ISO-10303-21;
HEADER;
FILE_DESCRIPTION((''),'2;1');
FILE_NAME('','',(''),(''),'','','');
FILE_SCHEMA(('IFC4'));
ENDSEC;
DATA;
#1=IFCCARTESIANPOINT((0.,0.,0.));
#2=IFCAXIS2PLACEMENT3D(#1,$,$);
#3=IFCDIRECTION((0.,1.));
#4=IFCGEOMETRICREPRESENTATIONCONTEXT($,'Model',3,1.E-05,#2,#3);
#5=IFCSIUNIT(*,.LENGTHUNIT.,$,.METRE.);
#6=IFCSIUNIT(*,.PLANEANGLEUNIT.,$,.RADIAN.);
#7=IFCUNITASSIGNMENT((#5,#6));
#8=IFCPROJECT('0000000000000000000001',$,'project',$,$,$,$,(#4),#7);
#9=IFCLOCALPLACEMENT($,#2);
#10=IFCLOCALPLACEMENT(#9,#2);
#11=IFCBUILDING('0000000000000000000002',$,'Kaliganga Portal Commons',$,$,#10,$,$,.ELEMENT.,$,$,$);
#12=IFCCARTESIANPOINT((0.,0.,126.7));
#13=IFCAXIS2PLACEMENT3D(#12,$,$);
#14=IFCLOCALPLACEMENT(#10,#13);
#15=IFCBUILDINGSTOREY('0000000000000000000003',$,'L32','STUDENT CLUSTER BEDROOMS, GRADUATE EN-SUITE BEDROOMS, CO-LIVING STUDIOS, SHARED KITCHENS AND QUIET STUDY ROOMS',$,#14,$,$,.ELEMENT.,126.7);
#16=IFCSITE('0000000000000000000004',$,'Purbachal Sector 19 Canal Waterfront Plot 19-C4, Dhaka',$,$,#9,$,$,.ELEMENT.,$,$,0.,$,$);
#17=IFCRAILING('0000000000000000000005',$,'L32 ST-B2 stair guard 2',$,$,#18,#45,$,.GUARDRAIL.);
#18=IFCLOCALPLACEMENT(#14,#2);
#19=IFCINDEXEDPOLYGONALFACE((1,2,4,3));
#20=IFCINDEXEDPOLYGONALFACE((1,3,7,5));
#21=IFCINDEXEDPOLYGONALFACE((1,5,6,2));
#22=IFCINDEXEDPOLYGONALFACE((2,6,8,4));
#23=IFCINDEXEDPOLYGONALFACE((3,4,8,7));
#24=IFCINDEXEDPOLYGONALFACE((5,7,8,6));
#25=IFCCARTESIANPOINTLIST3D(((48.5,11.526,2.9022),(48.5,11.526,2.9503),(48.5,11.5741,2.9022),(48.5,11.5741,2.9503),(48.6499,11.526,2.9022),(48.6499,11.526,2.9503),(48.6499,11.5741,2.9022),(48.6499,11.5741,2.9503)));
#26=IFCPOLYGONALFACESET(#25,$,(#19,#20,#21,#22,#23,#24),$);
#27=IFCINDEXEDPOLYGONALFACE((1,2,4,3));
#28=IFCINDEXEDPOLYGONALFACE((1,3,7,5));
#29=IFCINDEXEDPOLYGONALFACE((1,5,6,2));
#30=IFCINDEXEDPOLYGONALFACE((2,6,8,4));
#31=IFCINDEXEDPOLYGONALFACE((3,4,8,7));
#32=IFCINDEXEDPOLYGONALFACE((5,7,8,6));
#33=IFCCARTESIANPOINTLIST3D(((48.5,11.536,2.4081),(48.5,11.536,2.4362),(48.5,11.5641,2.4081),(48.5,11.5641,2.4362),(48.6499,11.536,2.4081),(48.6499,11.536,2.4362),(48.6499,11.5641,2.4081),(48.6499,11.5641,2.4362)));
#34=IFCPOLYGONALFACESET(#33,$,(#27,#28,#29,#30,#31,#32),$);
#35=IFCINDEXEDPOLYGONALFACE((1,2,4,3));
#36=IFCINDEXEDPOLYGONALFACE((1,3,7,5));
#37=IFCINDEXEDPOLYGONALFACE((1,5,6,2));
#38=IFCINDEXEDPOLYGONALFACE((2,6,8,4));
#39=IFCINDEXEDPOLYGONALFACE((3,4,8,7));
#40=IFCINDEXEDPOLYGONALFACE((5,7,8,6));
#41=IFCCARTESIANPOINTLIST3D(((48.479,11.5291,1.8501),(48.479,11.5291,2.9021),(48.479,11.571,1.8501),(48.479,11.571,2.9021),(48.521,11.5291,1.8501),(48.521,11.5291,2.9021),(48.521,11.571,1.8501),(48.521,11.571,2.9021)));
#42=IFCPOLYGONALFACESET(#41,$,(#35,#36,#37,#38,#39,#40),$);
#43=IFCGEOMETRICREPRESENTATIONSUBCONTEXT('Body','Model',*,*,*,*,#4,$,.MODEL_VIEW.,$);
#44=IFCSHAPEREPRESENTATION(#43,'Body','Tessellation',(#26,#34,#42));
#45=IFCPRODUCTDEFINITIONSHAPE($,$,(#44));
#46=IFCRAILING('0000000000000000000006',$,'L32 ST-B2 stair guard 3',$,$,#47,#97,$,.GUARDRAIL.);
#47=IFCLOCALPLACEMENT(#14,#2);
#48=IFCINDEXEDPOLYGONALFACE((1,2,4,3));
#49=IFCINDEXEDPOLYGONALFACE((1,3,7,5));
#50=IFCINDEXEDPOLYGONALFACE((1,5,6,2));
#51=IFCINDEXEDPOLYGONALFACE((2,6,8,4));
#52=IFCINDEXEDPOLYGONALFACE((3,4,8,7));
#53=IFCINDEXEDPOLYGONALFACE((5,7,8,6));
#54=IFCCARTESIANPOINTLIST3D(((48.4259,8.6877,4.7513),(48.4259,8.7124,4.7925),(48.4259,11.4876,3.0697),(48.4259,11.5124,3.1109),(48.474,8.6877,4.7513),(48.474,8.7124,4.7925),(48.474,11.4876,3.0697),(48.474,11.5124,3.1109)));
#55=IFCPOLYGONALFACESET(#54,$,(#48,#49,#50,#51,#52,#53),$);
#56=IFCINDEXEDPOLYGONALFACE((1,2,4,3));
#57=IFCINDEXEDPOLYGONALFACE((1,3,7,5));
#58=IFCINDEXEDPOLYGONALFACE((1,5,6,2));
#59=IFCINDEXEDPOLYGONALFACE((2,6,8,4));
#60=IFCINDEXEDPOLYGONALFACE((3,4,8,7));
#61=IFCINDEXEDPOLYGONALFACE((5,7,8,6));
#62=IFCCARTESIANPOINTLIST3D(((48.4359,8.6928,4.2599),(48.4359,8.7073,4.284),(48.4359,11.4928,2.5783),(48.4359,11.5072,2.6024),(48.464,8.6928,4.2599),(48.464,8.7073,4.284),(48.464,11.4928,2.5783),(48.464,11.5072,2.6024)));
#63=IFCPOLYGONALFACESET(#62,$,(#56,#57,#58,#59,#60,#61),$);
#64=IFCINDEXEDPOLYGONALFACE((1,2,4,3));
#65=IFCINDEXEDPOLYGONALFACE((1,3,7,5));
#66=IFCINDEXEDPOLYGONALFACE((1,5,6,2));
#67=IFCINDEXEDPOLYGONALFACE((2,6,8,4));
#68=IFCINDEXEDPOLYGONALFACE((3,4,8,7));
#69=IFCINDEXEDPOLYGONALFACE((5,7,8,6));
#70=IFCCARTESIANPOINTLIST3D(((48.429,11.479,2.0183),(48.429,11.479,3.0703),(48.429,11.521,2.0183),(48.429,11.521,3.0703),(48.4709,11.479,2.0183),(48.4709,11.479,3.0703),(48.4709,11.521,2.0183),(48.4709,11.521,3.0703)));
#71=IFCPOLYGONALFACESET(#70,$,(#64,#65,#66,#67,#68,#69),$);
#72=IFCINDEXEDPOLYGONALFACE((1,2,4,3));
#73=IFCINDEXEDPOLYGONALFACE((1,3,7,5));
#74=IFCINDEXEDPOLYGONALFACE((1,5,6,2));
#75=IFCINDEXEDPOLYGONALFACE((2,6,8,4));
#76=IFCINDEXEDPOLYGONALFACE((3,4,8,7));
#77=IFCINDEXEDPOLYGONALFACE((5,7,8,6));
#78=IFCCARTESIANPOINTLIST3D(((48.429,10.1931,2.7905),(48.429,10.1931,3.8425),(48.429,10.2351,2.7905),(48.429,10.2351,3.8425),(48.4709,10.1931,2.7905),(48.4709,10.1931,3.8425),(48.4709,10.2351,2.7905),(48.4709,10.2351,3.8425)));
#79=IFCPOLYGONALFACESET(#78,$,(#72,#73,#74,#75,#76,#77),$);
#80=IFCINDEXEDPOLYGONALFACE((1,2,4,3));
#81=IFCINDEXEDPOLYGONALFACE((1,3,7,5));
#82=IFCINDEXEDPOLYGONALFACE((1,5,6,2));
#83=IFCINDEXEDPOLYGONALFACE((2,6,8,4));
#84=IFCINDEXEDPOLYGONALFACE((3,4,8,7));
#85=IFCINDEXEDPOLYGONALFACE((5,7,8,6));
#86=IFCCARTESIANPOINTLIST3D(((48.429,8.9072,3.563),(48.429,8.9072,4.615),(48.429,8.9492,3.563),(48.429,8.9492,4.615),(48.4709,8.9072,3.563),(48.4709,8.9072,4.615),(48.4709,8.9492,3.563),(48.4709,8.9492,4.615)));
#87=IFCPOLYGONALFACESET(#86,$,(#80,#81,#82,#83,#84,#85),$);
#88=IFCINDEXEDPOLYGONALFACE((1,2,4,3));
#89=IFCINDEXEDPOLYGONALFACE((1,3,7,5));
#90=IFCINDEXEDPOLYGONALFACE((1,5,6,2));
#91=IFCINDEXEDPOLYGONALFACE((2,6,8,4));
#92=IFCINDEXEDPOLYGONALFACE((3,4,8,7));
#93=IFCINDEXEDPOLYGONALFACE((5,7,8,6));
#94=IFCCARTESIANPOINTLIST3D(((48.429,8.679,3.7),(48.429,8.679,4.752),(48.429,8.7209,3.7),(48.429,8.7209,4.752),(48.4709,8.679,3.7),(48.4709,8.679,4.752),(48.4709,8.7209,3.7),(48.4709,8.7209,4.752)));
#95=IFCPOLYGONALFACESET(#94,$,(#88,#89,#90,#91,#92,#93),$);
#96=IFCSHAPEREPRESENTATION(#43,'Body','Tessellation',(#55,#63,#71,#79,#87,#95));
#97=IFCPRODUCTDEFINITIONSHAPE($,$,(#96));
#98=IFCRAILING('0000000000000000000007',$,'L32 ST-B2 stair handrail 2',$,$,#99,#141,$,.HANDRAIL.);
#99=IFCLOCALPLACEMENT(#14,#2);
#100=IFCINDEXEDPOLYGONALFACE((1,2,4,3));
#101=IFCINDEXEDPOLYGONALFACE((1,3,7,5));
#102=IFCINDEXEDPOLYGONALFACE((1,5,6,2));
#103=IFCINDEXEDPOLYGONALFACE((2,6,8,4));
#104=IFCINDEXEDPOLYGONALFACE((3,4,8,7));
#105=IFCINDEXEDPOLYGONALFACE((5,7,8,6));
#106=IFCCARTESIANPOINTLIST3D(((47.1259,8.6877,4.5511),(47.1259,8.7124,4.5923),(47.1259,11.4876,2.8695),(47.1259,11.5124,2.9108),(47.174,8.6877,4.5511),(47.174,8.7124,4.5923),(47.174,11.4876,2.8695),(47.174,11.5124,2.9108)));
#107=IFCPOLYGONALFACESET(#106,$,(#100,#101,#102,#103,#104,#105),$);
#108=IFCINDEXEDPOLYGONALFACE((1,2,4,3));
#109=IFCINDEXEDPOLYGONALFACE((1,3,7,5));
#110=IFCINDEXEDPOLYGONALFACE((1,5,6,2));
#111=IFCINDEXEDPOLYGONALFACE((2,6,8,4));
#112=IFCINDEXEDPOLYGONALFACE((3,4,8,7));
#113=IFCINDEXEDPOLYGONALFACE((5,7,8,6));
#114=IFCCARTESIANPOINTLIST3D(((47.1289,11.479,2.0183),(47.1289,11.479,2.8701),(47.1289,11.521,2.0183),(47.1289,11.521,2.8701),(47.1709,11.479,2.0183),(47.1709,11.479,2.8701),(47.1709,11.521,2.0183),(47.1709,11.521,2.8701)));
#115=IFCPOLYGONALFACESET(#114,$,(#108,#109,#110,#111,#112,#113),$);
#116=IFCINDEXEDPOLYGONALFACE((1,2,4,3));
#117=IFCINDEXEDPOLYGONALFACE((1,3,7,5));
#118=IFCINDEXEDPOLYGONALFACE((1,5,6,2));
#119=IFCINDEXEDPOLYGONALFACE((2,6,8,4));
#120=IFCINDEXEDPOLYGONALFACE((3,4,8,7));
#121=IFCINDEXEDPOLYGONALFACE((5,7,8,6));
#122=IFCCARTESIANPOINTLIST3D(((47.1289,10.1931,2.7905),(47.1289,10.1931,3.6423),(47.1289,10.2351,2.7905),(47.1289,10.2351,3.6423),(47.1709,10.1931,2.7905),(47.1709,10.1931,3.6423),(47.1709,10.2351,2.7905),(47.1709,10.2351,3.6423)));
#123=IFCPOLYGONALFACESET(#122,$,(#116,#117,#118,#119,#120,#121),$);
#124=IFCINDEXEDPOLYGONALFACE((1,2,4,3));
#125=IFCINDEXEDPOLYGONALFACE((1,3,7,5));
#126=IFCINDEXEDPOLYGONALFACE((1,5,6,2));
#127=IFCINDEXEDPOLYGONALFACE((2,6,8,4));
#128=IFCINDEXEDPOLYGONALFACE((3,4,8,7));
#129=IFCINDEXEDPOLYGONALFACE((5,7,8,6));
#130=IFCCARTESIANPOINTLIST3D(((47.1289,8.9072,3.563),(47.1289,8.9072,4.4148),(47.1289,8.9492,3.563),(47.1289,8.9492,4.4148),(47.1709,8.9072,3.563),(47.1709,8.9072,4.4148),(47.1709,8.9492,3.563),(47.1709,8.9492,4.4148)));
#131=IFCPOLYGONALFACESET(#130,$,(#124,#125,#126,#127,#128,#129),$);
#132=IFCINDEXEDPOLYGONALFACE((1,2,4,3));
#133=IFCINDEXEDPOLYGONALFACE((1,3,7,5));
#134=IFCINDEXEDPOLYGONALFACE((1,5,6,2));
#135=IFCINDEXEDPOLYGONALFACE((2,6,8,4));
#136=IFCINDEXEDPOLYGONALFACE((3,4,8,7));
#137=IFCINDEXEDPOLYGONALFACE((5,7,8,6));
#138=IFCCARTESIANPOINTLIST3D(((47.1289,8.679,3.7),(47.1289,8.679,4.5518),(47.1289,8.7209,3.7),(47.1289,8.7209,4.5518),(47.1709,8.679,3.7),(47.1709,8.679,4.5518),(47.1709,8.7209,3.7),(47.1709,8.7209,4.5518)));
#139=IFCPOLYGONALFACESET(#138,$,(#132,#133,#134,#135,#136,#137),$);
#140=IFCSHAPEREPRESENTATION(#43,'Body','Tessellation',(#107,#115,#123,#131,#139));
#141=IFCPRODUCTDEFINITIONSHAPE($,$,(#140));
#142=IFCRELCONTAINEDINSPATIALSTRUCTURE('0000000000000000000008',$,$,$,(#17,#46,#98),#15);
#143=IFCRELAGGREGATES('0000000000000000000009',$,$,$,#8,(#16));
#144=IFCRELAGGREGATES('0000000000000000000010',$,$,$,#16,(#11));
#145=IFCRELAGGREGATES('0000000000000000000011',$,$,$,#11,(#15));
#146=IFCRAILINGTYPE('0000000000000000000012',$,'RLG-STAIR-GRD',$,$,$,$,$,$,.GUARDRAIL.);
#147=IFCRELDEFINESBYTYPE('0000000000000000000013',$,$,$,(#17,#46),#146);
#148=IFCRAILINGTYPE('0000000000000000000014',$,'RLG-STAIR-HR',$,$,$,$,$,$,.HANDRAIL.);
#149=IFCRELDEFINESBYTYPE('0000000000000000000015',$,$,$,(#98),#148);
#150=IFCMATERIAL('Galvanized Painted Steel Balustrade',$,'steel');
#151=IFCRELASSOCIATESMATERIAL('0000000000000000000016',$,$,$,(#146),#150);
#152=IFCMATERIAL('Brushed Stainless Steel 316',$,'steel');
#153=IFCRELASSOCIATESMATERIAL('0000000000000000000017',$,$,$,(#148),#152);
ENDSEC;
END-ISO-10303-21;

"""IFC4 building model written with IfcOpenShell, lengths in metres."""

from ifc_helpers import new_model, si_unit, direction, frame, origin, origin_2d, place, context, subcontext, project, spatial, rectangle, extrude, material, type_object, element, save


model = new_model("IFC4")

# Units and contexts
model_context = context("Model", 3, precision=1e-05, world=origin(), true_north=direction((0.0, 1.0)))
body_context = subcontext(model_context, "Body", "Model", "MODEL_VIEW")
ifc_project = project(units=[si_unit("LENGTHUNIT", "METRE"), si_unit("PLANEANGLEUNIT", "RADIAN")], contexts=[model_context])

# Site, building, storey
site_placement = place(None, origin())
site = spatial("IfcSite", under=ifc_project, at=site_placement, Name="Purbachal Sector 19 Canal Waterfront Plot 19-C4, Dhaka", CompositionType="ELEMENT", RefElevation=0.0)
building_placement = place(site_placement, origin())
building = spatial("IfcBuilding", under=site, at=building_placement, Name="Kaliganga Portal Commons", CompositionType="ELEMENT")
storey_placement = place(building_placement, frame((0.0, 0.0, 126.7)))
storey = spatial("IfcBuildingStorey", under=building, at=storey_placement, Name="L32", Description="STUDENT CLUSTER BEDROOMS, GRADUATE EN-SUITE BEDROOMS, CO-LIVING STUDIOS, SHARED KITCHENS AND QUIET STUDY ROOMS", CompositionType="ELEMENT", Elevation=126.7)

# Railings
ifc_material_1 = material(Name="Galvanized Painted Steel Balustrade", Category="steel")
railing_type_1 = type_object("IfcRailingType", Name="RLG-STAIR-GRD", PredefinedType="GUARDRAIL", material=ifc_material_1)
railing_1_placement = place(storey_placement, frame((48.6499, 11.55, 1.8501)))
element("IfcRailing", 1, at=railing_1_placement, inside=storey, type_object=railing_type_1, Name="L32 ST-B2 stair guard 2", PredefinedType="GUARDRAIL", context=body_context, shape_type="SweptSolid", body=[
    extrude(rectangle(XDim=0.0481, YDim=0.0481, at=origin_2d()), frame((0.0, 0.0, 1.0762), z_axis=(-1.0, 0.0, 0.0), x_axis=(0.0, -1.0, 0.0)), (0.0, 0.0, 1.0), 0.1499),
    extrude(rectangle(XDim=0.0281, YDim=0.0281, at=origin_2d()), frame((0.0, 0.0, 0.572), z_axis=(-1.0, 0.0, 0.0), x_axis=(0.0, -1.0, 0.0)), (0.0, 0.0, 1.0), 0.1499),
    extrude(rectangle(XDim=0.042, YDim=0.042, at=origin_2d()), frame((-0.1499, 0.0, 0.0)), (0.0, 0.0, 1.0), 1.052),
])
railing_2_placement = place(storey_placement, frame((48.45, 11.5, 2.0183)))
element("IfcRailing", 2, at=railing_2_placement, inside=storey, type_object=railing_type_1, Name="L32 ST-B2 stair guard 3", PredefinedType="GUARDRAIL", context=body_context, shape_type="SweptSolid", body=[
    extrude(rectangle(XDim=0.0481, YDim=0.0481, at=origin_2d()), frame((0.0, 0.0, 1.072), z_axis=(0.0, -0.857275, 0.514858), x_axis=(1.0, 0.0, 0.0)), (0.0, 0.0, 1.0), 3.2661),
    extrude(rectangle(XDim=0.0281, YDim=0.0281, at=origin_2d()), frame((0.0, 0.0, 0.572), z_axis=(0.0, -0.857275, 0.514858), x_axis=(1.0, 0.0, 0.0)), (0.0, 0.0, 1.0), 3.2661),
    extrude(rectangle(XDim=0.042, YDim=0.042, at=origin_2d()), origin(), (0.0, 0.0, 1.0), 1.052),
    extrude(rectangle(XDim=0.042, YDim=0.042, at=origin_2d()), frame((0.0, -1.2859, 0.7722)), (0.0, 0.0, 1.0), 1.052),
    extrude(rectangle(XDim=0.042, YDim=0.042, at=origin_2d()), frame((0.0, -2.5718, 1.5447)), (0.0, 0.0, 1.0), 1.052),
    extrude(rectangle(XDim=0.042, YDim=0.042, at=origin_2d()), frame((0.0, -2.8, 1.6816)), (0.0, 0.0, 1.0), 1.052),
])
ifc_material_2 = material(Name="Brushed Stainless Steel 316", Category="steel")
railing_type_2 = type_object("IfcRailingType", Name="RLG-STAIR-HR", PredefinedType="HANDRAIL", material=ifc_material_2)
railing_3_placement = place(storey_placement, frame((47.1499, 11.5, 2.0183)))
element("IfcRailing", 3, at=railing_3_placement, inside=storey, type_object=railing_type_2, Name="L32 ST-B2 stair handrail 2", PredefinedType="HANDRAIL", context=body_context, shape_type="SweptSolid", body=[
    extrude(rectangle(XDim=0.0481, YDim=0.0481, at=origin_2d()), frame((0.0, 0.0, 0.8718), z_axis=(0.0, -0.857275, 0.514858), x_axis=(1.0, 0.0, 0.0)), (0.0, 0.0, 1.0), 3.2661),
    extrude(rectangle(XDim=0.042, YDim=0.042, at=origin_2d()), origin(), (0.0, 0.0, 1.0), 0.8518),
    extrude(rectangle(XDim=0.042, YDim=0.042, at=origin_2d()), frame((0.0, -1.2859, 0.7722)), (0.0, 0.0, 1.0), 0.8518),
    extrude(rectangle(XDim=0.042, YDim=0.042, at=origin_2d()), frame((0.0, -2.5718, 1.5447)), (0.0, 0.0, 1.0), 0.8518),
    extrude(rectangle(XDim=0.042, YDim=0.042, at=origin_2d()), frame((0.0, -2.8, 1.6816)), (0.0, 0.0, 1.0), 0.8518),
])

save(model, "model.ifc")
